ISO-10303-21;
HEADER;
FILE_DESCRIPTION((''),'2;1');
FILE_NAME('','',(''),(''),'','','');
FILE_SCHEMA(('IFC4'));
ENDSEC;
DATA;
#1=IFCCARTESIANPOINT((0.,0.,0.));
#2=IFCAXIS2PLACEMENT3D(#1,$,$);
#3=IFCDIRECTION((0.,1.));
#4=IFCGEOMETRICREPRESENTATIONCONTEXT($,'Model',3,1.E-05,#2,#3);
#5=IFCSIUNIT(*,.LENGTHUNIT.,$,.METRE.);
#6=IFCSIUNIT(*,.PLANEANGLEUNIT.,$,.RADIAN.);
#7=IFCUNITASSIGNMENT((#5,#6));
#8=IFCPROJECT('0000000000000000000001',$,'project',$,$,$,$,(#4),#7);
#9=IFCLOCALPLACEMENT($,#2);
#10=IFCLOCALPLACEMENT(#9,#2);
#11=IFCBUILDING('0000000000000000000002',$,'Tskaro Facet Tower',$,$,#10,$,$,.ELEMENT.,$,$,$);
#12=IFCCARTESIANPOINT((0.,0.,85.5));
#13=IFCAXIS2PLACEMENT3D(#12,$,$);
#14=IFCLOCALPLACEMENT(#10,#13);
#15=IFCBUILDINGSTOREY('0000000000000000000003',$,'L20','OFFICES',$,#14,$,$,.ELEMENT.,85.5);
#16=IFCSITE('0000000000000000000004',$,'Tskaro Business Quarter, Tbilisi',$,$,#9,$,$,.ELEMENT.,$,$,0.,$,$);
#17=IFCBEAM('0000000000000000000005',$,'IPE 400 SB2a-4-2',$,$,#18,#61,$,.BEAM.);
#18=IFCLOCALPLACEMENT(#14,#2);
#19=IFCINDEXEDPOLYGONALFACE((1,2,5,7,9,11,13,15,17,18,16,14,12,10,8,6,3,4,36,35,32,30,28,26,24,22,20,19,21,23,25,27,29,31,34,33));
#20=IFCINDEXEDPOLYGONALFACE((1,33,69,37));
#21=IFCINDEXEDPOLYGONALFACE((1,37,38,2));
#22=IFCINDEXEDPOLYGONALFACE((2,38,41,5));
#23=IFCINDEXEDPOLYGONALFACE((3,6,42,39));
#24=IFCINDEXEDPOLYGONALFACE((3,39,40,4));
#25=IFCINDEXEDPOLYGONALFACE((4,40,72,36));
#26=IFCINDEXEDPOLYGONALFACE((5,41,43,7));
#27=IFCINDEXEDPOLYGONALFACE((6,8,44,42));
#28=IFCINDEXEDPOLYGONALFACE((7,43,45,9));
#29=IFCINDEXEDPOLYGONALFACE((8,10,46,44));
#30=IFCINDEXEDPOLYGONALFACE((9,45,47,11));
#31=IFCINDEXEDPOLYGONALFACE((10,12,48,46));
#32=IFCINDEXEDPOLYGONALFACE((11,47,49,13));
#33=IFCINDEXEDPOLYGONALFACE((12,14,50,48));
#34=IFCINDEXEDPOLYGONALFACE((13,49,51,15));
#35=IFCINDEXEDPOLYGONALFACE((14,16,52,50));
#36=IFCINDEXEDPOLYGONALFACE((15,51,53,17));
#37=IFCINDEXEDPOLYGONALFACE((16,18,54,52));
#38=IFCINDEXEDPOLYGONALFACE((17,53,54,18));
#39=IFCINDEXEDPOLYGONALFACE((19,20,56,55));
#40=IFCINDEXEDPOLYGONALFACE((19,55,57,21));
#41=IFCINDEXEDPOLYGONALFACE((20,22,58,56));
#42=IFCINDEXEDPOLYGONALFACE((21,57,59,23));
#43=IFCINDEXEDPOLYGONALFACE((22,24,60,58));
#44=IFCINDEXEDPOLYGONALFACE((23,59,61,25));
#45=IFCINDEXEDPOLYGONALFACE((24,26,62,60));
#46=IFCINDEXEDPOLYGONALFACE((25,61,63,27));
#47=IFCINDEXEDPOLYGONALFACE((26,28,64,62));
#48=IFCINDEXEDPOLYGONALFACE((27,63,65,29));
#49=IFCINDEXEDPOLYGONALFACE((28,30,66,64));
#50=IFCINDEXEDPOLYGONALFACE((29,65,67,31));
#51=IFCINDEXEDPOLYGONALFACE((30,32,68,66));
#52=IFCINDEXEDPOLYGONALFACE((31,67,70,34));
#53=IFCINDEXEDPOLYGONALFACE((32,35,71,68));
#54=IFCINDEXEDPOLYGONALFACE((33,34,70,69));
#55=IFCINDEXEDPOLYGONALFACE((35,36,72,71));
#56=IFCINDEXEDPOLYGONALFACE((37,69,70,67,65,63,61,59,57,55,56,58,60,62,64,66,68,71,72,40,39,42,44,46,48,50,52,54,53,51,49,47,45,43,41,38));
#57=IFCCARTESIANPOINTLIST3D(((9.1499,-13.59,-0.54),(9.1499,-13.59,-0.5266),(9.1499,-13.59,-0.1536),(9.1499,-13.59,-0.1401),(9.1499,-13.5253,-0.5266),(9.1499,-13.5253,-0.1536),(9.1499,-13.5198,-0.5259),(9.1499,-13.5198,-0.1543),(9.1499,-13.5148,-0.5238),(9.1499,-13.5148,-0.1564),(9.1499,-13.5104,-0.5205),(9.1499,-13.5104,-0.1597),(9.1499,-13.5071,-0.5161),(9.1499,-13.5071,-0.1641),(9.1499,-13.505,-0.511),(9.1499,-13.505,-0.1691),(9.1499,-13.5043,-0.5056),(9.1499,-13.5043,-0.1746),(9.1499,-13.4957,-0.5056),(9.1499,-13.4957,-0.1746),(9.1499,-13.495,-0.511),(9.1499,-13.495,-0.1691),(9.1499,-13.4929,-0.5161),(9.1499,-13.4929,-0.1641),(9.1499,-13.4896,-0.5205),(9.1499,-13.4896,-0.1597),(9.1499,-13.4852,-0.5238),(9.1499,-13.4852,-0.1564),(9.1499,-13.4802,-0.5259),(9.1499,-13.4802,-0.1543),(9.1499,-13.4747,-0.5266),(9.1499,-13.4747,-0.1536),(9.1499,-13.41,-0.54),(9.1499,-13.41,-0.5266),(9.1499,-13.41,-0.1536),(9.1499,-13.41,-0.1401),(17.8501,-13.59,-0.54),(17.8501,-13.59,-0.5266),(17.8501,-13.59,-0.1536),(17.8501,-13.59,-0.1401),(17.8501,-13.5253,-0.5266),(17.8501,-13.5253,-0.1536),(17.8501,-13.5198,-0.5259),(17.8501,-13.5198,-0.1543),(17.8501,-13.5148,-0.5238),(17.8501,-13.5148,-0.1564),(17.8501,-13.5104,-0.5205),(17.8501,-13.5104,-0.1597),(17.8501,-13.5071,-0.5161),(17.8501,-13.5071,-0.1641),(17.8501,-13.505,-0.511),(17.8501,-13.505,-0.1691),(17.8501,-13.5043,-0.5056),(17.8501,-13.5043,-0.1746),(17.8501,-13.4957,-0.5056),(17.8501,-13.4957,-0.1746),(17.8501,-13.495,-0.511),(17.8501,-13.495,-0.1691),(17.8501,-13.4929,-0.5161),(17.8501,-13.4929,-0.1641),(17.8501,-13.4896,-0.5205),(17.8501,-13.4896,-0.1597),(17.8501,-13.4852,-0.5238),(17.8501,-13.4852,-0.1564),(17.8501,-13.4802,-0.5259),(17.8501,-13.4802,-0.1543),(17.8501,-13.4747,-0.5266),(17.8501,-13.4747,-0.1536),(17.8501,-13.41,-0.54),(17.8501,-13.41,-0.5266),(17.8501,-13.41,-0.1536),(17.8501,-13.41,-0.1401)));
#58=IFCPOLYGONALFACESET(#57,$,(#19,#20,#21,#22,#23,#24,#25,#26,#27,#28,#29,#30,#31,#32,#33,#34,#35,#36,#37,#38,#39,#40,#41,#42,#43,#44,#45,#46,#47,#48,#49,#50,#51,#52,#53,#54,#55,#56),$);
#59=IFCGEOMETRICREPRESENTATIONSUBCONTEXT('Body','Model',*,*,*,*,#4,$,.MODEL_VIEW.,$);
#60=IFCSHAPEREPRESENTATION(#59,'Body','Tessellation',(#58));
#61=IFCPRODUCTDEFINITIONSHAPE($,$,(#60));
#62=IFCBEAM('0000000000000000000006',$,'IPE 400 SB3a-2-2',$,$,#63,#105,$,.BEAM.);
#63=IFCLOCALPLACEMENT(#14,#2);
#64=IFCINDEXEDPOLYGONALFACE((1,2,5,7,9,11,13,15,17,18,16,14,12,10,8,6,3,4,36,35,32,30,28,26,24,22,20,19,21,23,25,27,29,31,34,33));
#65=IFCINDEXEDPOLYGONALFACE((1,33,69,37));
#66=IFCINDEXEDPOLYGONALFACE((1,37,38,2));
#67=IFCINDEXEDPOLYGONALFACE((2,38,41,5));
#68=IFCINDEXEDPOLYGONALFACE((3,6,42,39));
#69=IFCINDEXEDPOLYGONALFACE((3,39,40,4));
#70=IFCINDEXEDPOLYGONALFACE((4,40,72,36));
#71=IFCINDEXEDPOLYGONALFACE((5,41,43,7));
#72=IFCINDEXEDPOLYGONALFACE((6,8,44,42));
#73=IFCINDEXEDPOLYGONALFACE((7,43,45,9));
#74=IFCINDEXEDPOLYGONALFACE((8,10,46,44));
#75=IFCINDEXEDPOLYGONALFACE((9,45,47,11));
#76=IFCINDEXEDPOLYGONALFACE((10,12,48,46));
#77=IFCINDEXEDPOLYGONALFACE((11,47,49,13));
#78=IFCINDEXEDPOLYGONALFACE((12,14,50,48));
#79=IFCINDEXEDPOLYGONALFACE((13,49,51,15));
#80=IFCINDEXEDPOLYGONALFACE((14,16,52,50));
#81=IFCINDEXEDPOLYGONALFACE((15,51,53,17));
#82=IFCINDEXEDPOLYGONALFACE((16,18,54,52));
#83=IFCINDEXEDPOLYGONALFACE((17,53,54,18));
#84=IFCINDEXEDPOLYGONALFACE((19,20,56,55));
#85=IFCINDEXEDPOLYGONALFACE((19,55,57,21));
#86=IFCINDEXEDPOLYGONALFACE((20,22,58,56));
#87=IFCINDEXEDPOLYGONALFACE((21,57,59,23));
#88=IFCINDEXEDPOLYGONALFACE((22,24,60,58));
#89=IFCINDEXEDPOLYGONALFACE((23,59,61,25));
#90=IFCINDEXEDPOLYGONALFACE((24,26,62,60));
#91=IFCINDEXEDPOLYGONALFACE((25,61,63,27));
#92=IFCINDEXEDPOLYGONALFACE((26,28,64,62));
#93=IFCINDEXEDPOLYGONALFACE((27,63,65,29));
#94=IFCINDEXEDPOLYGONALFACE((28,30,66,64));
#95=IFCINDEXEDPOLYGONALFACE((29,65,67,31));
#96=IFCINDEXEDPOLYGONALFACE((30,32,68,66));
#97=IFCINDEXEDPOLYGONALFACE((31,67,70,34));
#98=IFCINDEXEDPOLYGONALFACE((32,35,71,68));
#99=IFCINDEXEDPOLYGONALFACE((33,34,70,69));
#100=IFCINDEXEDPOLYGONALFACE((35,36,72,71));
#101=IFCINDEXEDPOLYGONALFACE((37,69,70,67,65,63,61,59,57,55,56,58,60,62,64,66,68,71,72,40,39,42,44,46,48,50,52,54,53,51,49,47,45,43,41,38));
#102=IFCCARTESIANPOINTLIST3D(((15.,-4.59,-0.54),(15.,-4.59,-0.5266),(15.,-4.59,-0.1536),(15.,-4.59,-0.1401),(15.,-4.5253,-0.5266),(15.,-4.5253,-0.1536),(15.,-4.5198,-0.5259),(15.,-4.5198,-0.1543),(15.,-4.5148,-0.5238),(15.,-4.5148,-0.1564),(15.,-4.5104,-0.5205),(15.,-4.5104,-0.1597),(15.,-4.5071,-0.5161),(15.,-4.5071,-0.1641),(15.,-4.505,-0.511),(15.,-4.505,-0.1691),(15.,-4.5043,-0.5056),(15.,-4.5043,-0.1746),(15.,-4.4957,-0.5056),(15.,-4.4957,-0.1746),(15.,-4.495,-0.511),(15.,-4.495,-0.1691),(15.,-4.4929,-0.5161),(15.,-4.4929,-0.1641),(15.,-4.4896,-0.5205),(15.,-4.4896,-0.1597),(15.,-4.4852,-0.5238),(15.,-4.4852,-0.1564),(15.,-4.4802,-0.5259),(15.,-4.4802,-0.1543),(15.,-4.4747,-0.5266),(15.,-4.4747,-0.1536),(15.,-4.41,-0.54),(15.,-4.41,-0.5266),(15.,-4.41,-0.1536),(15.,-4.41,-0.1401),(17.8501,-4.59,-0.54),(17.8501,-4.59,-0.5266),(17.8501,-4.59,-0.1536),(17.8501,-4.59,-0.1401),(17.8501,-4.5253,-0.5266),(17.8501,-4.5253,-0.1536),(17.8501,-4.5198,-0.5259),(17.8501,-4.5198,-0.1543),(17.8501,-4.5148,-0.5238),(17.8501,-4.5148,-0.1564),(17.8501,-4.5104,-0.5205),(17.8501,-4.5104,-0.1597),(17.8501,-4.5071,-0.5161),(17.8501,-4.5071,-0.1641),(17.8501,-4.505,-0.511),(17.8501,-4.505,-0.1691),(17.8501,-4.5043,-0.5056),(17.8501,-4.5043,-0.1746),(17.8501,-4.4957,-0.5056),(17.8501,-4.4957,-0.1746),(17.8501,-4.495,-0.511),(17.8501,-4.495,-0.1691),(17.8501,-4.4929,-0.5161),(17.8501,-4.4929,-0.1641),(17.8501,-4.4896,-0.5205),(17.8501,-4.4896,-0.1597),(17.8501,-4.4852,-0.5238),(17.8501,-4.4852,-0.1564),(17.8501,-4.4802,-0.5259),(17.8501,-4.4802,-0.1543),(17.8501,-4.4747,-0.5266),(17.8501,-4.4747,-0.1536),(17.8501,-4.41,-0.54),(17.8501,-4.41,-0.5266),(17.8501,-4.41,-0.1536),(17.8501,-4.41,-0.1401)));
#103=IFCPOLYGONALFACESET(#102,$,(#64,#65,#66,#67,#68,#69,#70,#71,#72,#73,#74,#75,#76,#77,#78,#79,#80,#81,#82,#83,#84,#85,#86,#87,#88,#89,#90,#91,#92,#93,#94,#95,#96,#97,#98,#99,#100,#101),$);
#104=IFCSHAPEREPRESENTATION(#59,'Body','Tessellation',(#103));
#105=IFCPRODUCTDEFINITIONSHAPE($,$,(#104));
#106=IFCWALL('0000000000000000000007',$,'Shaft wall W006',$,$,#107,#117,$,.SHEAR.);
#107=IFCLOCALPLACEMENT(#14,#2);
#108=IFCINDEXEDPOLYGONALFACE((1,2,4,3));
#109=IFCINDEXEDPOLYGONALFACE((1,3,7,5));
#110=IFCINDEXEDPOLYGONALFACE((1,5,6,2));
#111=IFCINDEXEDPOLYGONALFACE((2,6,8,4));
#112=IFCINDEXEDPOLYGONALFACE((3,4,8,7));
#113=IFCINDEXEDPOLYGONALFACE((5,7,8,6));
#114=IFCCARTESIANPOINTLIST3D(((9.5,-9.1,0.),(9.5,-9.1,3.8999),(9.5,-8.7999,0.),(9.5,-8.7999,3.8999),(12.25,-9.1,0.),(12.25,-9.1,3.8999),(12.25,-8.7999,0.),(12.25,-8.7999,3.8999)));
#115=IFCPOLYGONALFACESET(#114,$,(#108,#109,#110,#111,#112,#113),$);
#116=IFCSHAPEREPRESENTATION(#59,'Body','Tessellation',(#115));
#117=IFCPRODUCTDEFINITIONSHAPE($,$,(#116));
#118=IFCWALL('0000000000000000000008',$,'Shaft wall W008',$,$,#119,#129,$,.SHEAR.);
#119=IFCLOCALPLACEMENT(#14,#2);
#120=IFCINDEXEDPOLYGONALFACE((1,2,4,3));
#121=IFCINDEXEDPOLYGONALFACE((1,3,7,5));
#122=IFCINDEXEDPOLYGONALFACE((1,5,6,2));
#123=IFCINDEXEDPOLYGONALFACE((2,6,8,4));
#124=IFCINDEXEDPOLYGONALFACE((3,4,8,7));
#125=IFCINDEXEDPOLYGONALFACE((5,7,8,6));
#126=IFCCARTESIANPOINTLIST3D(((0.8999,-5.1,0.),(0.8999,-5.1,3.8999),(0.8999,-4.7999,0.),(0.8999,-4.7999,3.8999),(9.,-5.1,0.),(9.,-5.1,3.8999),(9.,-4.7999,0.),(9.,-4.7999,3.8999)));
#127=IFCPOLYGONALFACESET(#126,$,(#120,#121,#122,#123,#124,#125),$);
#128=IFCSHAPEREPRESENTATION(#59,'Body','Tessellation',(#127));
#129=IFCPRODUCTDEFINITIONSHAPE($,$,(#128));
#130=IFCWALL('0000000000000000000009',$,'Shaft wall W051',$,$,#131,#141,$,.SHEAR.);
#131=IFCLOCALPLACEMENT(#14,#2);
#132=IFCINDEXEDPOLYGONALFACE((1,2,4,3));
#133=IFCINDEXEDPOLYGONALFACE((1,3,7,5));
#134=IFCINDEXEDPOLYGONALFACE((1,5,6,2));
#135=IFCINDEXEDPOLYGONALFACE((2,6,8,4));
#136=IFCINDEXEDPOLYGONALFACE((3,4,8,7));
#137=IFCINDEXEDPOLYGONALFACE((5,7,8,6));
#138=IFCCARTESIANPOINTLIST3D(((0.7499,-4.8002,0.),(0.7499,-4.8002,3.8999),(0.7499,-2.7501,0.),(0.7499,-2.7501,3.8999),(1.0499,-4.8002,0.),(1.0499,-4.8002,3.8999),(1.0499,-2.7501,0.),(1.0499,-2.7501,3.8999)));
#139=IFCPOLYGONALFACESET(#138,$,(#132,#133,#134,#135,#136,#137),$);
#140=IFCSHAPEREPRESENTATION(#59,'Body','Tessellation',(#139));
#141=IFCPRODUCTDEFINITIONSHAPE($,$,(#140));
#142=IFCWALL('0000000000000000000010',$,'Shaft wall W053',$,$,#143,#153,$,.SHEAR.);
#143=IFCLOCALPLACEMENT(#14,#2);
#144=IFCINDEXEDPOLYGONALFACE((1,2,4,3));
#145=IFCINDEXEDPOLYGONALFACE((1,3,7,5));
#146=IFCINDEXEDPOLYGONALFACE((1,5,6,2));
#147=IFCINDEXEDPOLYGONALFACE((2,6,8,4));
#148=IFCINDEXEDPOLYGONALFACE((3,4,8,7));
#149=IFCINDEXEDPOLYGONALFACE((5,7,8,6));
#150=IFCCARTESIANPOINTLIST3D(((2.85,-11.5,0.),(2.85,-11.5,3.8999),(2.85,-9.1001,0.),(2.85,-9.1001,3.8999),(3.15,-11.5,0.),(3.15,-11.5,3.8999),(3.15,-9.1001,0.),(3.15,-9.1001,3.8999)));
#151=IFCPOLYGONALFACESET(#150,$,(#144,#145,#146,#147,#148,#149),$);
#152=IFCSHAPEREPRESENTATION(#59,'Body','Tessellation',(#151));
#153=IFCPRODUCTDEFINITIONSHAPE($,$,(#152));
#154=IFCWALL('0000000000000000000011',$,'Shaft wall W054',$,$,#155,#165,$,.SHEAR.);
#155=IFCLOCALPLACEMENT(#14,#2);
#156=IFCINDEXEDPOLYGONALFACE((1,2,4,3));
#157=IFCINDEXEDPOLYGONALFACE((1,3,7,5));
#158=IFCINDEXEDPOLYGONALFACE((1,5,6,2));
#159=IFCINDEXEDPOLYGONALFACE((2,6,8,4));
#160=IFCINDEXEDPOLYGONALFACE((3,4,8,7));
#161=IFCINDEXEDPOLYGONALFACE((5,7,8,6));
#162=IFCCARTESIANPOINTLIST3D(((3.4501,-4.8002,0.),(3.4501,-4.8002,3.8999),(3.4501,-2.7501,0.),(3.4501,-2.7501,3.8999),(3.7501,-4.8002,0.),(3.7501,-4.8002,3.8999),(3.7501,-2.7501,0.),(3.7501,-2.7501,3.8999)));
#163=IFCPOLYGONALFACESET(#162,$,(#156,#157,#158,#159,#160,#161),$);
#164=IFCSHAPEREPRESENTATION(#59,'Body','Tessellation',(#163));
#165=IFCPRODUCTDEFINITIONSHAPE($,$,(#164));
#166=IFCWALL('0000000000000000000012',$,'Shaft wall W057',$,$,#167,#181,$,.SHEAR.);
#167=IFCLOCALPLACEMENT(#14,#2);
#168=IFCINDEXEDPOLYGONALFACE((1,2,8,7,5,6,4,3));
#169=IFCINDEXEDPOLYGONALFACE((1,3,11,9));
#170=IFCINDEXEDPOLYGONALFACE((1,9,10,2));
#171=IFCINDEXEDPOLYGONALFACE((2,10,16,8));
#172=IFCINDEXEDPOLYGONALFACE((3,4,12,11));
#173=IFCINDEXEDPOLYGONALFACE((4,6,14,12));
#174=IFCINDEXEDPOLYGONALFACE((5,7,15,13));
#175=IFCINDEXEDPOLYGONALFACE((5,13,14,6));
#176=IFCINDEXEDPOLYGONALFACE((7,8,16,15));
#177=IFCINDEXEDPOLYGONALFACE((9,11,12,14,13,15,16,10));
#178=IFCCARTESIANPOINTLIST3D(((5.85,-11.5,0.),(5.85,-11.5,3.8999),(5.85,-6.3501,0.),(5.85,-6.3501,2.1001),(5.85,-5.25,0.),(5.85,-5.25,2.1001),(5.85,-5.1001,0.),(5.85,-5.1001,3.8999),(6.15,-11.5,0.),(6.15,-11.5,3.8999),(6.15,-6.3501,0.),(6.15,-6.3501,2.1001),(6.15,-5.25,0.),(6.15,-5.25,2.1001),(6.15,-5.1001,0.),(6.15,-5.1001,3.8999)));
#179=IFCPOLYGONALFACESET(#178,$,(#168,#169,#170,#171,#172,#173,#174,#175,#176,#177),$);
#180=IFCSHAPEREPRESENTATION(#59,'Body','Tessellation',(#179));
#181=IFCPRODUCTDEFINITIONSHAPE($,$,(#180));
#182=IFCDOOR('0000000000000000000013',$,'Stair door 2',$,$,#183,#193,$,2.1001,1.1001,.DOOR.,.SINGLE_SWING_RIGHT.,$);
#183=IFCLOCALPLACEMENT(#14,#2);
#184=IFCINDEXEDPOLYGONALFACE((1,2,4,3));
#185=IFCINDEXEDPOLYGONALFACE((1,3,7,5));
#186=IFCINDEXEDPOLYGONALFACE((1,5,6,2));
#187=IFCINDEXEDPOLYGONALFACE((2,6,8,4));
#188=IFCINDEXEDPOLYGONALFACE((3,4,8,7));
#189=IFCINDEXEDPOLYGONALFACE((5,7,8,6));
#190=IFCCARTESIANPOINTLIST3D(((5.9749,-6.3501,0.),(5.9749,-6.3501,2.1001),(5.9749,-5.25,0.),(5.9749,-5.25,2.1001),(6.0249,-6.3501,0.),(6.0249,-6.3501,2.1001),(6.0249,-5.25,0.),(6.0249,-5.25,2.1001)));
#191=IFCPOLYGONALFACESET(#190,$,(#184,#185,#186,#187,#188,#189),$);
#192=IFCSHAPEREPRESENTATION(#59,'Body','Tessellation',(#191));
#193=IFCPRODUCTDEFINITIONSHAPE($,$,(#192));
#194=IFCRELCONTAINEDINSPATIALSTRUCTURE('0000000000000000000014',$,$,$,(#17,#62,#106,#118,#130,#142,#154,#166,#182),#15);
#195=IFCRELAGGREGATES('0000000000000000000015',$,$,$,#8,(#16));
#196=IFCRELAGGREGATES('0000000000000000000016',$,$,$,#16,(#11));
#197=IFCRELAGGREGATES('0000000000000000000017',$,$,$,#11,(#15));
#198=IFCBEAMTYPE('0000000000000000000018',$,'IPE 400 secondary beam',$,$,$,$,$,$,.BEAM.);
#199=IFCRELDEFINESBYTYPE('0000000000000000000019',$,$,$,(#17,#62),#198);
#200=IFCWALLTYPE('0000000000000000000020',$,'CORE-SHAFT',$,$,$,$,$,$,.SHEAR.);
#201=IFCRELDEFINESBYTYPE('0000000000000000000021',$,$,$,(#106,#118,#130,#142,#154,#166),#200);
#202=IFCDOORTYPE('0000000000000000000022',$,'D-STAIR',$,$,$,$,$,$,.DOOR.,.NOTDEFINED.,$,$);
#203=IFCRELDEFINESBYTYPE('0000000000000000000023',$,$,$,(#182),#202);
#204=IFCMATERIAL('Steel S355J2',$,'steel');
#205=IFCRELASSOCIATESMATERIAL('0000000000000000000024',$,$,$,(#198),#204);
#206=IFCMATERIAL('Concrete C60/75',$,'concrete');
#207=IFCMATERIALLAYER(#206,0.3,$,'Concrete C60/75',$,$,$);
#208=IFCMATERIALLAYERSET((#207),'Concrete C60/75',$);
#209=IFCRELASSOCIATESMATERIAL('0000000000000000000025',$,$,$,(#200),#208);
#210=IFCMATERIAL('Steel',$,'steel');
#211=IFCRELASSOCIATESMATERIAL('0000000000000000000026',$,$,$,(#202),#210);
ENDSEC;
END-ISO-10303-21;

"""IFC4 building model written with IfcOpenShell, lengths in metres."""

from ifc_helpers import new_model, si_unit, direction, frame, frame_2d, origin, origin_2d, place, context, subcontext, project, spatial, rectangle, i_section, extrude, material, layer, layer_set, material_profile, profile_set, type_object, element, fill, save


model = new_model("IFC4")

# Units and contexts
model_context = context("Model", 3, precision=1e-05, world=origin(), true_north=direction((0.0, 1.0)))
body_context = subcontext(model_context, "Body", "Model", "MODEL_VIEW")
ifc_project = project(units=[si_unit("LENGTHUNIT", "METRE"), si_unit("PLANEANGLEUNIT", "RADIAN")], contexts=[model_context])

# Site, building, storey
site_placement = place(None, origin())
site = spatial("IfcSite", under=ifc_project, at=site_placement, Name="Tskaro Business Quarter, Tbilisi", CompositionType="ELEMENT", RefElevation=0.0)
building_placement = place(site_placement, origin())
building = spatial("IfcBuilding", under=site, at=building_placement, Name="Tskaro Facet Tower", CompositionType="ELEMENT")
storey_placement = place(building_placement, frame((0.0, 0.0, 85.5)))
storey = spatial("IfcBuildingStorey", under=building, at=storey_placement, Name="L20", Description="OFFICES", CompositionType="ELEMENT", Elevation=85.5)

# Beams
ifc_material_1 = material(Name="Steel S355J2", Category="steel")
ifc_material_profile_1 = material_profile(ifc_material_1, i_section(OverallWidth=0.1799, OverallDepth=0.3999, WebThickness=0.0085, FlangeThickness=0.0134, FilletRadius=0.021, at=origin_2d()), Name="IPE 400")
ifc_profile_set_1 = profile_set([ifc_material_profile_1], Name="Steel S355J2")
beam_type_1 = type_object("IfcBeamType", Name="IPE 400 secondary beam", PredefinedType="BEAM", material=ifc_profile_set_1)
for number, where, z_axis, x_axis, name in (
    (1, (9.1499, -13.5, -0.3401), (1.0, 0.0, 0.0), (0.0, 1.0, 0.0), "IPE 400 SB2a-4-2"),
):
    element("IfcBeam", number, at=place(storey_placement, frame(where, z_axis=z_axis, x_axis=x_axis)), inside=storey, type_object=beam_type_1, Name=name, PredefinedType="BEAM", context=body_context, shape_type="SweptSolid", body=[
        extrude(i_section(OverallWidth=0.1799, OverallDepth=0.3999, WebThickness=0.0085, FlangeThickness=0.0134, FilletRadius=0.021, at=origin_2d()), origin(), (0.0, 0.0, 1.0), 8.7002),
    ])
beam_1_placement = place(storey_placement, frame((15.0, -4.5, -0.3401), z_axis=(1.0, 0.0, 0.0), x_axis=(0.0, 1.0, 0.0)))
element("IfcBeam", 2, at=beam_1_placement, inside=storey, type_object=beam_type_1, Name="IPE 400 SB3a-2-2", PredefinedType="BEAM", context=body_context, shape_type="SweptSolid", body=[
    extrude(i_section(OverallWidth=0.1799, OverallDepth=0.3999, WebThickness=0.0085, FlangeThickness=0.0134, FilletRadius=0.021, at=origin_2d()), origin(), (0.0, 0.0, 1.0), 2.8501),
])

# Walls
ifc_material_2 = material(Name="Concrete C60/75", Category="concrete")
ifc_layer_1 = layer(ifc_material_2, 0.3, Name="Concrete C60/75")
ifc_layer_set_1 = layer_set([ifc_layer_1], Name="Concrete C60/75")
wall_type_1 = type_object("IfcWallType", Name="CORE-SHAFT", PredefinedType="SHEAR", material=ifc_layer_set_1)
wall_1_placement = place(storey_placement, frame((9.5, -8.95, 0.0), z_axis=(0.0, 0.0, 1.0), x_axis=(1.0, 0.0, 0.0)))
element("IfcWall", 3, at=wall_1_placement, inside=storey, type_object=wall_type_1, Name="Shaft wall W006", PredefinedType="SHEAR", context=body_context, shape_type="SweptSolid", body=[
    extrude(rectangle(XDim=2.75, YDim=0.3, at=frame_2d((1.375, 0.0))), origin(), (0.0, 0.0, 1.0), 3.8999),
])
wall_2_placement = place(storey_placement, frame((0.8999, -4.95, 0.0), z_axis=(0.0, 0.0, 1.0), x_axis=(1.0, 0.0, 0.0)))
element("IfcWall", 4, at=wall_2_placement, inside=storey, type_object=wall_type_1, Name="Shaft wall W008", PredefinedType="SHEAR", context=body_context, shape_type="SweptSolid", body=[
    extrude(rectangle(XDim=8.1001, YDim=0.3, at=frame_2d((4.05, 0.0))), origin(), (0.0, 0.0, 1.0), 3.8999),
])
wall_3_placement = place(storey_placement, frame((0.8999, -4.8, 0.0), z_axis=(0.0, 0.0, 1.0), x_axis=(0.0, 1.0, 0.0)))
element("IfcWall", 5, at=wall_3_placement, inside=storey, type_object=wall_type_1, Name="Shaft wall W051", PredefinedType="SHEAR", context=body_context, shape_type="SweptSolid", body=[
    extrude(rectangle(XDim=2.05, YDim=0.3, at=frame_2d((1.0249, 0.0))), origin(), (0.0, 0.0, 1.0), 3.8999),
])
wall_4_placement = place(storey_placement, frame((3.0, -11.5, 0.0), z_axis=(0.0, 0.0, 1.0), x_axis=(0.0, 1.0, 0.0)))
element("IfcWall", 6, at=wall_4_placement, inside=storey, type_object=wall_type_1, Name="Shaft wall W053", PredefinedType="SHEAR", context=body_context, shape_type="SweptSolid", body=[
    extrude(rectangle(XDim=2.3999, YDim=0.3, at=frame_2d((1.2, 0.0))), origin(), (0.0, 0.0, 1.0), 3.8999),
])
wall_5_placement = place(storey_placement, frame((3.6001, -4.8, 0.0), z_axis=(0.0, 0.0, 1.0), x_axis=(0.0, 1.0, 0.0)))
element("IfcWall", 7, at=wall_5_placement, inside=storey, type_object=wall_type_1, Name="Shaft wall W054", PredefinedType="SHEAR", context=body_context, shape_type="SweptSolid", body=[
    extrude(rectangle(XDim=2.05, YDim=0.3, at=frame_2d((1.0249, 0.0))), origin(), (0.0, 0.0, 1.0), 3.8999),
])

# Wall, opening, door
wall_6_placement = place(storey_placement, frame((6.0, -5.1001, 0.0), z_axis=(0.0, 0.0, 1.0), x_axis=(0.0, -1.0, 0.0)))
wall_6 = element("IfcWall", 8, at=wall_6_placement, inside=storey, type_object=wall_type_1, Name="Shaft wall W057", PredefinedType="SHEAR", context=body_context, shape_type="SweptSolid", body=[
    extrude(rectangle(XDim=6.3999, YDim=0.3, at=frame_2d((3.2, 0.0))), origin(), (0.0, 0.0, 1.0), 3.8999),
])
opening_1_placement = place(wall_6_placement, frame((0.1499, 0.0, 0.0)))
opening_1 = element("IfcOpeningElement", 9, at=opening_1_placement, cuts=wall_6, PredefinedType="OPENING", context=body_context, shape_type="SweptSolid", body=[
    extrude(rectangle(XDim=1.1001, YDim=2.1001, at=frame_2d((0.55, 1.05))), frame((0.0, 0.1599, 0.0), z_axis=(0.0, -1.0, 0.0), x_axis=(1.0, 0.0, 0.0)), (0.0, 0.0, 1.0), 0.3201),
])
ifc_material_3 = material(Name="Steel", Category="steel")
door_type_1 = type_object("IfcDoorType", Name="D-STAIR", OperationType="NOTDEFINED", PredefinedType="DOOR", material=ifc_material_3)
door_1_placement = place(opening_1_placement, origin())
door_1 = element("IfcDoor", 10, at=door_1_placement, inside=storey, type_object=door_type_1, Name="Stair door 2", OperationType="SINGLE_SWING_RIGHT", OverallHeight=2.1001, OverallWidth=1.1001, PredefinedType="DOOR", context=body_context, shape_type="SweptSolid", body=[
    extrude(rectangle(XDim=1.1001, YDim=2.1001, at=frame_2d((0.55, 1.05))), frame((0.0, 0.0249, 0.0), z_axis=(0.0, -1.0, 0.0), x_axis=(1.0, 0.0, 0.0)), (0.0, 0.0, 1.0), 0.05),
])
fill(opening_1, door_1)

save(model, "model.ifc")
